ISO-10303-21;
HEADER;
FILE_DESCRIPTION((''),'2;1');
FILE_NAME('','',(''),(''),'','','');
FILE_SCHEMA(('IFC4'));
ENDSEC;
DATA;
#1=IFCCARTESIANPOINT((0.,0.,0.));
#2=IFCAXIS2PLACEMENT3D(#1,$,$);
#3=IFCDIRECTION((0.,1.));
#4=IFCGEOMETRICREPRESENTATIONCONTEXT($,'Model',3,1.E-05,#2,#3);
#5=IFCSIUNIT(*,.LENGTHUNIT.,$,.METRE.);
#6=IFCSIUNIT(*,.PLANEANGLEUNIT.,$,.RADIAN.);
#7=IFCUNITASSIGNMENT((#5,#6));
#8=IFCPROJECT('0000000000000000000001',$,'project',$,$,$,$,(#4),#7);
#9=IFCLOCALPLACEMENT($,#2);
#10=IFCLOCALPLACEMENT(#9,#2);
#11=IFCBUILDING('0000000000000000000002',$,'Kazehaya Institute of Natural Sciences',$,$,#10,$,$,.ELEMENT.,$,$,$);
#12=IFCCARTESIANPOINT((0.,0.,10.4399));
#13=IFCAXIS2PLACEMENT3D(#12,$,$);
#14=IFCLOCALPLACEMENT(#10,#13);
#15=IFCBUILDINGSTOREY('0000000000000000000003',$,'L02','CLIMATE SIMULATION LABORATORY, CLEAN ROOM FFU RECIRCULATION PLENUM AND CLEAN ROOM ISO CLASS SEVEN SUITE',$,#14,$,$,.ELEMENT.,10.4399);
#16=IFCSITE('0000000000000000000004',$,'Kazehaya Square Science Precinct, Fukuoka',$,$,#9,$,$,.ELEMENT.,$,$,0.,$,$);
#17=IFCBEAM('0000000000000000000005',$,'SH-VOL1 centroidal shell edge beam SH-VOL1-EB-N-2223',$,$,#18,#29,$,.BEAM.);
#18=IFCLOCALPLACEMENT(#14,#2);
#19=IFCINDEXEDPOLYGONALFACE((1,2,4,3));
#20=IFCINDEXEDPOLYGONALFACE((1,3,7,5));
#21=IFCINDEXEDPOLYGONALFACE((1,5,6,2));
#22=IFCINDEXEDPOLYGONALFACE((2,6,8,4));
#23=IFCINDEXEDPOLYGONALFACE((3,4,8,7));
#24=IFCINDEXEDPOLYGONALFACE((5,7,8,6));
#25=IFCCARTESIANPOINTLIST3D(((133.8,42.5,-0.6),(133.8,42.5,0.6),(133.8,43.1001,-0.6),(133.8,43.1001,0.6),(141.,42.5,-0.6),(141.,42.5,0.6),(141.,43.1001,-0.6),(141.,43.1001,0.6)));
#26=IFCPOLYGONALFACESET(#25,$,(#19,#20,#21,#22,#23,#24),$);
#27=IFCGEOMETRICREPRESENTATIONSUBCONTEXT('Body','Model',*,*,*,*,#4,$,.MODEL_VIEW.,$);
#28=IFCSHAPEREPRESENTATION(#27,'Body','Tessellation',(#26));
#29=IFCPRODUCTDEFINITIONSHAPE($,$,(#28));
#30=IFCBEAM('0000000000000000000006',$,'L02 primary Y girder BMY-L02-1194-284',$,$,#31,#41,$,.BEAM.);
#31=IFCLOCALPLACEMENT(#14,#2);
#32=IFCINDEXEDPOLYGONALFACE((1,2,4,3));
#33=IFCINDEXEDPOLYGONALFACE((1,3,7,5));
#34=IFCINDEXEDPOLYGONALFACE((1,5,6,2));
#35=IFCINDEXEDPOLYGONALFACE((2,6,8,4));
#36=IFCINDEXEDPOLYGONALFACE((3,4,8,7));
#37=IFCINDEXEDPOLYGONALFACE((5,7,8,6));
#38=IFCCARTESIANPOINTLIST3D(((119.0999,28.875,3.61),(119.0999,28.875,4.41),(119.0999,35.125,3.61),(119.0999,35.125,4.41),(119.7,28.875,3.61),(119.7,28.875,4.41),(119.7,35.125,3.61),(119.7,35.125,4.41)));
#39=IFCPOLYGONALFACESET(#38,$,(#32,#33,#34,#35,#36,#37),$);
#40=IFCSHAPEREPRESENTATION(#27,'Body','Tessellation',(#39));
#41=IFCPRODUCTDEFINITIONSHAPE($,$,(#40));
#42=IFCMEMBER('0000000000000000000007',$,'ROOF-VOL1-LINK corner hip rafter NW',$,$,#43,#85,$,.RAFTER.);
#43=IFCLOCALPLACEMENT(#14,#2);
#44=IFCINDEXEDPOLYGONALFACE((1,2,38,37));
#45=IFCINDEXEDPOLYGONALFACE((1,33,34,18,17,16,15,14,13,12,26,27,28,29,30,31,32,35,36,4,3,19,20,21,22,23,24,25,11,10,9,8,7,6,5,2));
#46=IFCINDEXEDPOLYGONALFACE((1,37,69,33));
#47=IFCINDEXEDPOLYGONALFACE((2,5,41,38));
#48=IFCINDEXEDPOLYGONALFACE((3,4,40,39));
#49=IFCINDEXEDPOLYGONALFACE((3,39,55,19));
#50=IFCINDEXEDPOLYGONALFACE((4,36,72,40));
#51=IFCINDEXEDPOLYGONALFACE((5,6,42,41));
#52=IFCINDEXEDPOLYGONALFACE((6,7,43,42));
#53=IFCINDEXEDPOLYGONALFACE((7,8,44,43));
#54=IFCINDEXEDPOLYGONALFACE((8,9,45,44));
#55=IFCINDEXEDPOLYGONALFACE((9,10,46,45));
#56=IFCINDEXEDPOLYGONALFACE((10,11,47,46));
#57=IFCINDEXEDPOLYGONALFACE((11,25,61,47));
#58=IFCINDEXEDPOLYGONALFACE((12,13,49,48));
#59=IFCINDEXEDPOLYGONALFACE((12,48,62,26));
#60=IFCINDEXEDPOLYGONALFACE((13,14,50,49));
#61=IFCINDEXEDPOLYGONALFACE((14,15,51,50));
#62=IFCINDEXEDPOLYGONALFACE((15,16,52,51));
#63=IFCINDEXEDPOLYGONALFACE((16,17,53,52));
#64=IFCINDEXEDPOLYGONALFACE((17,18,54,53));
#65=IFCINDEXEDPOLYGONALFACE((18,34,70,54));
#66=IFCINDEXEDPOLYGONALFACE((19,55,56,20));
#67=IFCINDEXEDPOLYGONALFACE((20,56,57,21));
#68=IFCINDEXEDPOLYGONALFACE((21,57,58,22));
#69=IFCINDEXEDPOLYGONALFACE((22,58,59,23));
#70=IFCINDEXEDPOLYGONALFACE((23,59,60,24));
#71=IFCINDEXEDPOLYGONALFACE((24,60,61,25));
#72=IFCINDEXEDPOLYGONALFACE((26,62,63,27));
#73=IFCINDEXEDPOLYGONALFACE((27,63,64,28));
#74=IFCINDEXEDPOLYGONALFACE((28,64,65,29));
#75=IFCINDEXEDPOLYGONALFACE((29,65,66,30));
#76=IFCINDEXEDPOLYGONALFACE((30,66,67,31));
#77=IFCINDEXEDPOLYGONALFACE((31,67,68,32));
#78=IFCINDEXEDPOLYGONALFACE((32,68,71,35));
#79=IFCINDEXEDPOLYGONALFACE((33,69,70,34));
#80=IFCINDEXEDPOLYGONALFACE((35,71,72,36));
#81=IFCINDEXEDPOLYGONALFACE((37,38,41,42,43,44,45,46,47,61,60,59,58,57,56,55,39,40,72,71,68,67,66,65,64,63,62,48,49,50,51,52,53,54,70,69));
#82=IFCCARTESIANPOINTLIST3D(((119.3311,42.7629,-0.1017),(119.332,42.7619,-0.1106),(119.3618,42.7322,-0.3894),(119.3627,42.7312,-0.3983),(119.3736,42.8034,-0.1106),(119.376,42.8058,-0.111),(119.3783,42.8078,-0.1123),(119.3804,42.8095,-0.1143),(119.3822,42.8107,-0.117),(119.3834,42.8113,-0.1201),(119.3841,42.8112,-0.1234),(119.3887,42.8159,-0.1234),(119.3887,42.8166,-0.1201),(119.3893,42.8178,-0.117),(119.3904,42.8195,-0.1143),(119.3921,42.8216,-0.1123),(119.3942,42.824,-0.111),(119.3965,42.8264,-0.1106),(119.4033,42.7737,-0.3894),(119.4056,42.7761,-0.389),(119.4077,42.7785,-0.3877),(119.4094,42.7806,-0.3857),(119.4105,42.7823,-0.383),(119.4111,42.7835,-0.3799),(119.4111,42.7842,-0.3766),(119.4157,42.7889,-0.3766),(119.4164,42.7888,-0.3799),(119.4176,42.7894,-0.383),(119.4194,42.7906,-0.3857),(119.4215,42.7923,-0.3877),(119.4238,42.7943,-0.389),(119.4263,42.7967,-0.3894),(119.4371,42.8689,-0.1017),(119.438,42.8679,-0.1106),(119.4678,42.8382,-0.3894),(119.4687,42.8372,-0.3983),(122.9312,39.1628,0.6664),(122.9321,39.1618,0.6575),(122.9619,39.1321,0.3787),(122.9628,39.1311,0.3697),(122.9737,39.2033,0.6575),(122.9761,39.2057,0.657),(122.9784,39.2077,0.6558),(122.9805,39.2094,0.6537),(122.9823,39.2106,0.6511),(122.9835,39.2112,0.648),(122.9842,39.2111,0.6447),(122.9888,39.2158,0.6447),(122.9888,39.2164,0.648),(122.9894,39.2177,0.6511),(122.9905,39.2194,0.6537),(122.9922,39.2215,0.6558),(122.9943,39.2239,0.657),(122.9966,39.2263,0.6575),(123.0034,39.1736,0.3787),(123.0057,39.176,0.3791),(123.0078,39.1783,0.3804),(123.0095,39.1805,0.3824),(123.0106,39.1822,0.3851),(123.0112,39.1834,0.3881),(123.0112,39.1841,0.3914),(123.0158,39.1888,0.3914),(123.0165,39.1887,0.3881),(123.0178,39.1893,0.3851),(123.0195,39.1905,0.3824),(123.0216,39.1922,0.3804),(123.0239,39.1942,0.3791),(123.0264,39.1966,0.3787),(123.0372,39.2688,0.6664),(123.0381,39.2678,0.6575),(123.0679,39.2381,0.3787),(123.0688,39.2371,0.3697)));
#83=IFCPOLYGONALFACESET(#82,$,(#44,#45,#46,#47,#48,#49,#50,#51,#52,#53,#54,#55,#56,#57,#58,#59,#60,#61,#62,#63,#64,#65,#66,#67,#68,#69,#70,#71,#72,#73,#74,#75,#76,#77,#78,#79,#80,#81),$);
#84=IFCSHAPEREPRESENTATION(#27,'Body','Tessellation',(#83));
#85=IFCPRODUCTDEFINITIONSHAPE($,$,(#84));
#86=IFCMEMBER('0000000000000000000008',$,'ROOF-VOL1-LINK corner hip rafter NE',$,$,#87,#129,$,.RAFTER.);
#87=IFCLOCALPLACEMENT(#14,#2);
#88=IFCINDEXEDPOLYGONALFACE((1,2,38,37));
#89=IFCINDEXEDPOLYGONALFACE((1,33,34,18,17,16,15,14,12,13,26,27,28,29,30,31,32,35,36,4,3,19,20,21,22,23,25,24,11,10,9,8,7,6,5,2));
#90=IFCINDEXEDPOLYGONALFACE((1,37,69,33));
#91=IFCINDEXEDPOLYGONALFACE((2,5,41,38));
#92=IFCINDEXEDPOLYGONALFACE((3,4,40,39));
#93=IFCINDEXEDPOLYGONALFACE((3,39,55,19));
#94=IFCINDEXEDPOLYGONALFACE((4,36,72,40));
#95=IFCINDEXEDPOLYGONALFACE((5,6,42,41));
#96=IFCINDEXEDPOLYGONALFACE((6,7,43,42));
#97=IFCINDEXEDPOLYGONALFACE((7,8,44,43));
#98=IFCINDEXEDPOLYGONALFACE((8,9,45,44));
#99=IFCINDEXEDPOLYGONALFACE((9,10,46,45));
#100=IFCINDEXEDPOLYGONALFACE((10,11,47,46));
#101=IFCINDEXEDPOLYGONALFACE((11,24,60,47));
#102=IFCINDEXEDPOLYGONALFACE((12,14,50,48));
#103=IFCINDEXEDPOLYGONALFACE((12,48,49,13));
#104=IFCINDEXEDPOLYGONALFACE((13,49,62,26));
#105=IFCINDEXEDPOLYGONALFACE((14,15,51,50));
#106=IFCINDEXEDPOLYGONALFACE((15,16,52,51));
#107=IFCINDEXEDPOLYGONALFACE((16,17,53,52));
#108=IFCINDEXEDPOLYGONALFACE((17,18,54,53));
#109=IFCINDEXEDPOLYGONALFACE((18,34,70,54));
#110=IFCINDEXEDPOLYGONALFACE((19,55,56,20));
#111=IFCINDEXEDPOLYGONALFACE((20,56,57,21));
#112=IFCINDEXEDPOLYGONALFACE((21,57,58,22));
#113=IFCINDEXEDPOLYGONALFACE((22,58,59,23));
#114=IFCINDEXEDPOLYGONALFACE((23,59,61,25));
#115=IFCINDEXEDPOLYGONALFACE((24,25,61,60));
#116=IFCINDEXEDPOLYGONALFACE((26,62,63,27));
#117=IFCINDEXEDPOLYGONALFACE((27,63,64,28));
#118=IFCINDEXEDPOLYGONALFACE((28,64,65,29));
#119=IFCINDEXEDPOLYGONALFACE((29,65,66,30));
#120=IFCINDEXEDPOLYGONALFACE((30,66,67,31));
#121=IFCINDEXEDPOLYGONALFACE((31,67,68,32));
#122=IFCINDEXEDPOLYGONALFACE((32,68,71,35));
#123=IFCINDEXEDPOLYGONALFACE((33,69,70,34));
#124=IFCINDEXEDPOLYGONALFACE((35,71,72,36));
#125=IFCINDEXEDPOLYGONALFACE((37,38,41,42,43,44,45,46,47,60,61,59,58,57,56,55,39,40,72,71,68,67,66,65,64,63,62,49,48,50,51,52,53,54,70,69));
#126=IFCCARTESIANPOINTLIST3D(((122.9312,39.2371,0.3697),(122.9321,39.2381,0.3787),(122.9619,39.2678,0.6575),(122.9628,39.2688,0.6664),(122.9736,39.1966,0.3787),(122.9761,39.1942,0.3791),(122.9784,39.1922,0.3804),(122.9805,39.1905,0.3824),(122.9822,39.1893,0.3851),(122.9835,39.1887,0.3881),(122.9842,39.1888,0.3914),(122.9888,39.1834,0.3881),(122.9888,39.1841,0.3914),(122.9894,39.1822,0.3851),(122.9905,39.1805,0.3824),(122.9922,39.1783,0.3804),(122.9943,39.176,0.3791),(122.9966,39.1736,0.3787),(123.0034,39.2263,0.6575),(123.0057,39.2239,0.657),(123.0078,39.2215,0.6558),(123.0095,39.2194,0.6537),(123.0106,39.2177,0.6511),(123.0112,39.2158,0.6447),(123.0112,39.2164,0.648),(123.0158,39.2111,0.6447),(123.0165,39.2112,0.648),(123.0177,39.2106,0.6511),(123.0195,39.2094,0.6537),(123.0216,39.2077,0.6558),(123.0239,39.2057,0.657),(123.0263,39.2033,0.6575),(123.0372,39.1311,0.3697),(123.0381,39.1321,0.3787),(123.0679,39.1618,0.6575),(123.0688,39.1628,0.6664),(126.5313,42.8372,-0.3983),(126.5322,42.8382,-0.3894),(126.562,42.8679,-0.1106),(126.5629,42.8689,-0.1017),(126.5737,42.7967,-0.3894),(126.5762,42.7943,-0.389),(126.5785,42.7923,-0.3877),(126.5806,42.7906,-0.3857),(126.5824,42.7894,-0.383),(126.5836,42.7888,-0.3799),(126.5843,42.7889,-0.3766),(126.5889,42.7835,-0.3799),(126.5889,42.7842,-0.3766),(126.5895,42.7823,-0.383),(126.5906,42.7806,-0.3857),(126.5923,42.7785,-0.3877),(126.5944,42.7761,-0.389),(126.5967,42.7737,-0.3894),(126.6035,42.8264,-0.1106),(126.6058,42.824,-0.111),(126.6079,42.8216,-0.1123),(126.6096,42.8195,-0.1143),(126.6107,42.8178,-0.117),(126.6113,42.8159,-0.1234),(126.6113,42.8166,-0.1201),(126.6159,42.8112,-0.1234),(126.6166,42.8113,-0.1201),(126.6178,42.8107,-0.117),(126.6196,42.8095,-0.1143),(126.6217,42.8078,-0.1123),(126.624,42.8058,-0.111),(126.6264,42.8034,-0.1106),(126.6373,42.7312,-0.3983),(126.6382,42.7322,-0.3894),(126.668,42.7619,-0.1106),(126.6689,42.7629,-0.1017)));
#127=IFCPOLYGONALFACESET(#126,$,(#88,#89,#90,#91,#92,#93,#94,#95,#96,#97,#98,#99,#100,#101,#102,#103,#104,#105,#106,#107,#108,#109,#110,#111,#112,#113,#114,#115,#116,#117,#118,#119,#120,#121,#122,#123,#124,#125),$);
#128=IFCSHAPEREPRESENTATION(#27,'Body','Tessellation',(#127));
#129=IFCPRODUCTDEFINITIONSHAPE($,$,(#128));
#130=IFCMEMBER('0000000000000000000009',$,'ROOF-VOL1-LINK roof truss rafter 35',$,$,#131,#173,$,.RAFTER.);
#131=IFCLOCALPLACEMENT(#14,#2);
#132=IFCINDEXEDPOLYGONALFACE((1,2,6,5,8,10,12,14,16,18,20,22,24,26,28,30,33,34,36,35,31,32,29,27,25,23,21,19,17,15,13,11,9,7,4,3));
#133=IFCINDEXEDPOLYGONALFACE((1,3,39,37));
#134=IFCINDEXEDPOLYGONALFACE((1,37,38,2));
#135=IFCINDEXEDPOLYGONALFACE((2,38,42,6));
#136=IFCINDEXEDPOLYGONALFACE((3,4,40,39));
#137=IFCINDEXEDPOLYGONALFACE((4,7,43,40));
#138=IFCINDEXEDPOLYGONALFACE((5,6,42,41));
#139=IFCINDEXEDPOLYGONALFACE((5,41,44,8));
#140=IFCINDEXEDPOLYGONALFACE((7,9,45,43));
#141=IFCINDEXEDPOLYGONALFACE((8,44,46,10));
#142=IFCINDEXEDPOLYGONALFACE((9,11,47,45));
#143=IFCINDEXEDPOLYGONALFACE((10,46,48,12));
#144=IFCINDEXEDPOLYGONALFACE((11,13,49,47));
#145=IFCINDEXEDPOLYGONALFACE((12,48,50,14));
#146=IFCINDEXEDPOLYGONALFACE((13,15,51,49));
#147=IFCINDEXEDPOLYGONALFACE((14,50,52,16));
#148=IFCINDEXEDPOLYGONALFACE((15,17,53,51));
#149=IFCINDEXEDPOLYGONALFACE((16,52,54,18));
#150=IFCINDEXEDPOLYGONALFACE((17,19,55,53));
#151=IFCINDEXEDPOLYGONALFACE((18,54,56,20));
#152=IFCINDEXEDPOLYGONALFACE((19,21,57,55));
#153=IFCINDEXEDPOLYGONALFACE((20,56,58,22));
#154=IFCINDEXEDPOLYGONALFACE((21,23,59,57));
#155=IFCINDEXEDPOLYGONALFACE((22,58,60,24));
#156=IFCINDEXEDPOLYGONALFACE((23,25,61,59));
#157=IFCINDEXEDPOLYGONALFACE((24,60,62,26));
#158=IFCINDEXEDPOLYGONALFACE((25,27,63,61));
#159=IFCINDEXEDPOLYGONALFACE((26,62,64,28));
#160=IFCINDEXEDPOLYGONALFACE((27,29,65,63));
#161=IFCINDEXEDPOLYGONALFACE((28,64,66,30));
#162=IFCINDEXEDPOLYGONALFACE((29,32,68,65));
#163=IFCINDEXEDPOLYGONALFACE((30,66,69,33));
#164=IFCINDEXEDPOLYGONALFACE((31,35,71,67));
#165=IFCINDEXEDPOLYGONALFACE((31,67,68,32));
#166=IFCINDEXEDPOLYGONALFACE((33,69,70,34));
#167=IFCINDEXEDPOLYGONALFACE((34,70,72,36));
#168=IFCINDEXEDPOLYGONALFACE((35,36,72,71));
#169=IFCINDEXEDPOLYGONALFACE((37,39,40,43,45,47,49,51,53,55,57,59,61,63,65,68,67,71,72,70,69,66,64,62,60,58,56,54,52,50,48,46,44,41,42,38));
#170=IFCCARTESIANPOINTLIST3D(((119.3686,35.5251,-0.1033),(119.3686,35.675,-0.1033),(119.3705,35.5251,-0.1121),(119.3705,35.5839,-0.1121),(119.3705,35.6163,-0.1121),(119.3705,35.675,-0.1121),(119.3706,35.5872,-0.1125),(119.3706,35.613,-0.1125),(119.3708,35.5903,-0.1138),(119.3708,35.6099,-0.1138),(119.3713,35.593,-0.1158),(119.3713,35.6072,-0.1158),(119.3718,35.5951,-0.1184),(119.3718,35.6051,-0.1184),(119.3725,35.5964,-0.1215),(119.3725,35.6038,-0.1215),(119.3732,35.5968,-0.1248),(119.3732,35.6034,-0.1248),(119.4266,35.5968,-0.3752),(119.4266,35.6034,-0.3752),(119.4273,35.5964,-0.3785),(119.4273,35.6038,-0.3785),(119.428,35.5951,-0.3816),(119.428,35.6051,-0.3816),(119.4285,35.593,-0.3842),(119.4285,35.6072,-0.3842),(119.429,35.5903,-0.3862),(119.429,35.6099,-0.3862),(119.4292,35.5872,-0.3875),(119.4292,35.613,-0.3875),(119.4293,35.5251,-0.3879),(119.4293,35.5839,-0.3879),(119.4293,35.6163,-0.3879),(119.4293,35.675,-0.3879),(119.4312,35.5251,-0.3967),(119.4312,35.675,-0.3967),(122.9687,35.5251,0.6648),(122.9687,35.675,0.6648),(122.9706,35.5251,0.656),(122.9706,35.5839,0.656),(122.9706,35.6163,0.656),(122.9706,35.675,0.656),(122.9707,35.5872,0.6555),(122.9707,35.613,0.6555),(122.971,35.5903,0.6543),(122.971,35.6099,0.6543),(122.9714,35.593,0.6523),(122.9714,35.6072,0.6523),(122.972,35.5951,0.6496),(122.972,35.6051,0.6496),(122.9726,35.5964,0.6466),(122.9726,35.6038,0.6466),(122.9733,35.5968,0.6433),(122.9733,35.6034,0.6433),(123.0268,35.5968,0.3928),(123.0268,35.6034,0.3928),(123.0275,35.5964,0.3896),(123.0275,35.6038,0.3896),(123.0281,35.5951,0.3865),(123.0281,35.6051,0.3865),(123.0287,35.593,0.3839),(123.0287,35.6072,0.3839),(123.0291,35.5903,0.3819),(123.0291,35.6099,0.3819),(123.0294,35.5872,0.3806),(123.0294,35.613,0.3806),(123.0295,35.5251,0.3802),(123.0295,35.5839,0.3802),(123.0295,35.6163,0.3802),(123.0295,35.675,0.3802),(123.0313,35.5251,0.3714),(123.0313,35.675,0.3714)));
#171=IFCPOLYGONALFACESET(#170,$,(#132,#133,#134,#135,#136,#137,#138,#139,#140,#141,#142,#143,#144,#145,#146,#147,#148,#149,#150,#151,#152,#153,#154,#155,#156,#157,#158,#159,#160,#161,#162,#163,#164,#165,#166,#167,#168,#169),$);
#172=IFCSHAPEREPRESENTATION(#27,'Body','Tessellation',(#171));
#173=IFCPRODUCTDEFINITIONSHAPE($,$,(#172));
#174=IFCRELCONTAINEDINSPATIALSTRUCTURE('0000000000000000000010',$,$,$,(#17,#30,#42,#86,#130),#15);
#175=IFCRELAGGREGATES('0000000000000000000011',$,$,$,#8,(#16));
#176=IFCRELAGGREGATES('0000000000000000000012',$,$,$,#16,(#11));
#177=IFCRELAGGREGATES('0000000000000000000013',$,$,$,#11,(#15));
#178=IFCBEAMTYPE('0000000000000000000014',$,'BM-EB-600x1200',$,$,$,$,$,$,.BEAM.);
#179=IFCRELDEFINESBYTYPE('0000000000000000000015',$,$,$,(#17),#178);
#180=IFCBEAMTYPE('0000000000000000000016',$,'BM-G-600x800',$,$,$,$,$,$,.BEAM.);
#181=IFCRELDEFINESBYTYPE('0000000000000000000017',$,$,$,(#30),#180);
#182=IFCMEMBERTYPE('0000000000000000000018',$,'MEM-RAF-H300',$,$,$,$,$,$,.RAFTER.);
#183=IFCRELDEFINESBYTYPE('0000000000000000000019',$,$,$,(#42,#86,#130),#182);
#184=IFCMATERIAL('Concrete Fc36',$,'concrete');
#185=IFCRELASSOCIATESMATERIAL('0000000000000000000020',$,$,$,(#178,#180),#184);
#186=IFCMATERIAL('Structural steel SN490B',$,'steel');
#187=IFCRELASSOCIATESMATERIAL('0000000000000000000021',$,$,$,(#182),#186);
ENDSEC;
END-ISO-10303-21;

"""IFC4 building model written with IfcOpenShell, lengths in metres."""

from ifc_helpers import new_model, si_unit, direction, frame, origin, origin_2d, place, context, subcontext, project, spatial, rectangle, i_section, extrude, material, material_profile, profile_set, type_object, element, save


model = new_model("IFC4")

# Units and contexts
model_context = context("Model", 3, precision=1e-05, world=origin(), true_north=direction((0.0, 1.0)))
body_context = subcontext(model_context, "Body", "Model", "MODEL_VIEW")
ifc_project = project(units=[si_unit("LENGTHUNIT", "METRE"), si_unit("PLANEANGLEUNIT", "RADIAN")], contexts=[model_context])

# Site, building, storey
site_placement = place(None, origin())
site = spatial("IfcSite", under=ifc_project, at=site_placement, Name="Kazehaya Square Science Precinct, Fukuoka", CompositionType="ELEMENT", RefElevation=0.0)
building_placement = place(site_placement, origin())
building = spatial("IfcBuilding", under=site, at=building_placement, Name="Kazehaya Institute of Natural Sciences", CompositionType="ELEMENT")
storey_placement = place(building_placement, frame((0.0, 0.0, 10.4399)))
storey = spatial("IfcBuildingStorey", under=building, at=storey_placement, Name="L02", Description="CLIMATE SIMULATION LABORATORY, CLEAN ROOM FFU RECIRCULATION PLENUM AND CLEAN ROOM ISO CLASS SEVEN SUITE", CompositionType="ELEMENT", Elevation=10.4399)

# Beams
ifc_material_1 = material(Name="Concrete Fc36", Category="concrete")
ifc_material_profile_1 = material_profile(ifc_material_1, rectangle(XDim=0.6001, YDim=1.2, at=origin_2d()), Name="RC-600x1200")
ifc_profile_set_1 = profile_set([ifc_material_profile_1], Name="Concrete Fc36")
beam_type_1 = type_object("IfcBeamType", Name="BM-EB-600x1200", PredefinedType="BEAM", material=ifc_profile_set_1)
for number, where, z_axis, x_axis, name in (
    (1, (133.8, 42.8, 0.0), (1.0, 0.0, 0.0), (0.0, 1.0, 0.0), "SH-VOL1 centroidal shell edge beam SH-VOL1-EB-N-2223"),
):
    element("IfcBeam", number, at=place(storey_placement, frame(where, z_axis=z_axis, x_axis=x_axis)), inside=storey, type_object=beam_type_1, Name=name, PredefinedType="BEAM", context=body_context, shape_type="SweptSolid", body=[
        extrude(rectangle(XDim=0.6001, YDim=1.2, at=origin_2d()), origin(), (0.0, 0.0, 1.0), 7.2),
    ])
ifc_material_profile_2 = material_profile(ifc_material_1, rectangle(XDim=0.6001, YDim=0.8, at=origin_2d()), Name="RC-600x800")
ifc_profile_set_2 = profile_set([ifc_material_profile_2], Name="Concrete Fc36")
beam_type_2 = type_object("IfcBeamType", Name="BM-G-600x800", PredefinedType="BEAM", material=ifc_profile_set_2)
beam_1_placement = place(storey_placement, frame((119.3999, 28.875, 4.01), z_axis=(0.0, 1.0, 0.0), x_axis=(-1.0, 0.0, 0.0)))
element("IfcBeam", 2, at=beam_1_placement, inside=storey, type_object=beam_type_2, Name="L02 primary Y girder BMY-L02-1194-284", PredefinedType="BEAM", context=body_context, shape_type="SweptSolid", body=[
    extrude(rectangle(XDim=0.6001, YDim=0.8, at=origin_2d()), origin(), (0.0, 0.0, 1.0), 6.25),
])

# Members
ifc_material_2 = material(Name="Structural steel SN490B", Category="steel")
ifc_material_profile_3 = material_profile(ifc_material_2, i_section(OverallWidth=0.1499, OverallDepth=0.3, WebThickness=0.0066, FlangeThickness=0.009, FilletRadius=0.0129, at=origin_2d()), Name="H-300x150x6.5x9")
ifc_profile_set_3 = profile_set([ifc_material_profile_3], Name="Structural steel SN490B")
member_type = type_object("IfcMemberType", Name="MEM-RAF-H300", PredefinedType="RAFTER", material=ifc_profile_set_3)
for number, where, z_axis, x_axis, name in (
    (3, (119.3999, 42.8, -0.25), (0.699195, -0.699195, 0.149171), (0.707107, 0.707107, 0.0), "ROOF-VOL1-LINK corner hip rafter NW"),
    (4, (126.6001, 42.8, -0.25), (-0.699195, -0.699195, 0.149171), (0.707107, -0.707107, 0.0), "ROOF-VOL1-LINK corner hip rafter NE"),
):
    element("IfcMember", number, at=place(storey_placement, frame(where, z_axis=z_axis, x_axis=x_axis)), inside=storey, type_object=member_type, Name=name, PredefinedType="RAFTER", context=body_context, shape_type="SweptSolid", body=[
        extrude(i_section(OverallWidth=0.1499, OverallDepth=0.3, WebThickness=0.0066, FlangeThickness=0.009, FilletRadius=0.0129, at=origin_2d()), origin(), (0.0, 0.0, 1.0), 5.1489),
    ])
for number, where, z_axis, x_axis, name in (
    (5, (119.3999, 35.6001, -0.25), (0.97799, 0.0, 0.20865), (0.0, 1.0, 0.0), "ROOF-VOL1-LINK roof truss rafter 35"),
):
    element("IfcMember", number, at=place(storey_placement, frame(where, z_axis=z_axis, x_axis=x_axis)), inside=storey, type_object=member_type, Name=name, PredefinedType="RAFTER", context=body_context, shape_type="SweptSolid", body=[
        extrude(i_section(OverallWidth=0.1499, OverallDepth=0.3, WebThickness=0.0066, FlangeThickness=0.009, FilletRadius=0.0129, at=origin_2d()), origin(), (0.0, 0.0, 1.0), 3.6812),
    ])

save(model, "model.ifc")
